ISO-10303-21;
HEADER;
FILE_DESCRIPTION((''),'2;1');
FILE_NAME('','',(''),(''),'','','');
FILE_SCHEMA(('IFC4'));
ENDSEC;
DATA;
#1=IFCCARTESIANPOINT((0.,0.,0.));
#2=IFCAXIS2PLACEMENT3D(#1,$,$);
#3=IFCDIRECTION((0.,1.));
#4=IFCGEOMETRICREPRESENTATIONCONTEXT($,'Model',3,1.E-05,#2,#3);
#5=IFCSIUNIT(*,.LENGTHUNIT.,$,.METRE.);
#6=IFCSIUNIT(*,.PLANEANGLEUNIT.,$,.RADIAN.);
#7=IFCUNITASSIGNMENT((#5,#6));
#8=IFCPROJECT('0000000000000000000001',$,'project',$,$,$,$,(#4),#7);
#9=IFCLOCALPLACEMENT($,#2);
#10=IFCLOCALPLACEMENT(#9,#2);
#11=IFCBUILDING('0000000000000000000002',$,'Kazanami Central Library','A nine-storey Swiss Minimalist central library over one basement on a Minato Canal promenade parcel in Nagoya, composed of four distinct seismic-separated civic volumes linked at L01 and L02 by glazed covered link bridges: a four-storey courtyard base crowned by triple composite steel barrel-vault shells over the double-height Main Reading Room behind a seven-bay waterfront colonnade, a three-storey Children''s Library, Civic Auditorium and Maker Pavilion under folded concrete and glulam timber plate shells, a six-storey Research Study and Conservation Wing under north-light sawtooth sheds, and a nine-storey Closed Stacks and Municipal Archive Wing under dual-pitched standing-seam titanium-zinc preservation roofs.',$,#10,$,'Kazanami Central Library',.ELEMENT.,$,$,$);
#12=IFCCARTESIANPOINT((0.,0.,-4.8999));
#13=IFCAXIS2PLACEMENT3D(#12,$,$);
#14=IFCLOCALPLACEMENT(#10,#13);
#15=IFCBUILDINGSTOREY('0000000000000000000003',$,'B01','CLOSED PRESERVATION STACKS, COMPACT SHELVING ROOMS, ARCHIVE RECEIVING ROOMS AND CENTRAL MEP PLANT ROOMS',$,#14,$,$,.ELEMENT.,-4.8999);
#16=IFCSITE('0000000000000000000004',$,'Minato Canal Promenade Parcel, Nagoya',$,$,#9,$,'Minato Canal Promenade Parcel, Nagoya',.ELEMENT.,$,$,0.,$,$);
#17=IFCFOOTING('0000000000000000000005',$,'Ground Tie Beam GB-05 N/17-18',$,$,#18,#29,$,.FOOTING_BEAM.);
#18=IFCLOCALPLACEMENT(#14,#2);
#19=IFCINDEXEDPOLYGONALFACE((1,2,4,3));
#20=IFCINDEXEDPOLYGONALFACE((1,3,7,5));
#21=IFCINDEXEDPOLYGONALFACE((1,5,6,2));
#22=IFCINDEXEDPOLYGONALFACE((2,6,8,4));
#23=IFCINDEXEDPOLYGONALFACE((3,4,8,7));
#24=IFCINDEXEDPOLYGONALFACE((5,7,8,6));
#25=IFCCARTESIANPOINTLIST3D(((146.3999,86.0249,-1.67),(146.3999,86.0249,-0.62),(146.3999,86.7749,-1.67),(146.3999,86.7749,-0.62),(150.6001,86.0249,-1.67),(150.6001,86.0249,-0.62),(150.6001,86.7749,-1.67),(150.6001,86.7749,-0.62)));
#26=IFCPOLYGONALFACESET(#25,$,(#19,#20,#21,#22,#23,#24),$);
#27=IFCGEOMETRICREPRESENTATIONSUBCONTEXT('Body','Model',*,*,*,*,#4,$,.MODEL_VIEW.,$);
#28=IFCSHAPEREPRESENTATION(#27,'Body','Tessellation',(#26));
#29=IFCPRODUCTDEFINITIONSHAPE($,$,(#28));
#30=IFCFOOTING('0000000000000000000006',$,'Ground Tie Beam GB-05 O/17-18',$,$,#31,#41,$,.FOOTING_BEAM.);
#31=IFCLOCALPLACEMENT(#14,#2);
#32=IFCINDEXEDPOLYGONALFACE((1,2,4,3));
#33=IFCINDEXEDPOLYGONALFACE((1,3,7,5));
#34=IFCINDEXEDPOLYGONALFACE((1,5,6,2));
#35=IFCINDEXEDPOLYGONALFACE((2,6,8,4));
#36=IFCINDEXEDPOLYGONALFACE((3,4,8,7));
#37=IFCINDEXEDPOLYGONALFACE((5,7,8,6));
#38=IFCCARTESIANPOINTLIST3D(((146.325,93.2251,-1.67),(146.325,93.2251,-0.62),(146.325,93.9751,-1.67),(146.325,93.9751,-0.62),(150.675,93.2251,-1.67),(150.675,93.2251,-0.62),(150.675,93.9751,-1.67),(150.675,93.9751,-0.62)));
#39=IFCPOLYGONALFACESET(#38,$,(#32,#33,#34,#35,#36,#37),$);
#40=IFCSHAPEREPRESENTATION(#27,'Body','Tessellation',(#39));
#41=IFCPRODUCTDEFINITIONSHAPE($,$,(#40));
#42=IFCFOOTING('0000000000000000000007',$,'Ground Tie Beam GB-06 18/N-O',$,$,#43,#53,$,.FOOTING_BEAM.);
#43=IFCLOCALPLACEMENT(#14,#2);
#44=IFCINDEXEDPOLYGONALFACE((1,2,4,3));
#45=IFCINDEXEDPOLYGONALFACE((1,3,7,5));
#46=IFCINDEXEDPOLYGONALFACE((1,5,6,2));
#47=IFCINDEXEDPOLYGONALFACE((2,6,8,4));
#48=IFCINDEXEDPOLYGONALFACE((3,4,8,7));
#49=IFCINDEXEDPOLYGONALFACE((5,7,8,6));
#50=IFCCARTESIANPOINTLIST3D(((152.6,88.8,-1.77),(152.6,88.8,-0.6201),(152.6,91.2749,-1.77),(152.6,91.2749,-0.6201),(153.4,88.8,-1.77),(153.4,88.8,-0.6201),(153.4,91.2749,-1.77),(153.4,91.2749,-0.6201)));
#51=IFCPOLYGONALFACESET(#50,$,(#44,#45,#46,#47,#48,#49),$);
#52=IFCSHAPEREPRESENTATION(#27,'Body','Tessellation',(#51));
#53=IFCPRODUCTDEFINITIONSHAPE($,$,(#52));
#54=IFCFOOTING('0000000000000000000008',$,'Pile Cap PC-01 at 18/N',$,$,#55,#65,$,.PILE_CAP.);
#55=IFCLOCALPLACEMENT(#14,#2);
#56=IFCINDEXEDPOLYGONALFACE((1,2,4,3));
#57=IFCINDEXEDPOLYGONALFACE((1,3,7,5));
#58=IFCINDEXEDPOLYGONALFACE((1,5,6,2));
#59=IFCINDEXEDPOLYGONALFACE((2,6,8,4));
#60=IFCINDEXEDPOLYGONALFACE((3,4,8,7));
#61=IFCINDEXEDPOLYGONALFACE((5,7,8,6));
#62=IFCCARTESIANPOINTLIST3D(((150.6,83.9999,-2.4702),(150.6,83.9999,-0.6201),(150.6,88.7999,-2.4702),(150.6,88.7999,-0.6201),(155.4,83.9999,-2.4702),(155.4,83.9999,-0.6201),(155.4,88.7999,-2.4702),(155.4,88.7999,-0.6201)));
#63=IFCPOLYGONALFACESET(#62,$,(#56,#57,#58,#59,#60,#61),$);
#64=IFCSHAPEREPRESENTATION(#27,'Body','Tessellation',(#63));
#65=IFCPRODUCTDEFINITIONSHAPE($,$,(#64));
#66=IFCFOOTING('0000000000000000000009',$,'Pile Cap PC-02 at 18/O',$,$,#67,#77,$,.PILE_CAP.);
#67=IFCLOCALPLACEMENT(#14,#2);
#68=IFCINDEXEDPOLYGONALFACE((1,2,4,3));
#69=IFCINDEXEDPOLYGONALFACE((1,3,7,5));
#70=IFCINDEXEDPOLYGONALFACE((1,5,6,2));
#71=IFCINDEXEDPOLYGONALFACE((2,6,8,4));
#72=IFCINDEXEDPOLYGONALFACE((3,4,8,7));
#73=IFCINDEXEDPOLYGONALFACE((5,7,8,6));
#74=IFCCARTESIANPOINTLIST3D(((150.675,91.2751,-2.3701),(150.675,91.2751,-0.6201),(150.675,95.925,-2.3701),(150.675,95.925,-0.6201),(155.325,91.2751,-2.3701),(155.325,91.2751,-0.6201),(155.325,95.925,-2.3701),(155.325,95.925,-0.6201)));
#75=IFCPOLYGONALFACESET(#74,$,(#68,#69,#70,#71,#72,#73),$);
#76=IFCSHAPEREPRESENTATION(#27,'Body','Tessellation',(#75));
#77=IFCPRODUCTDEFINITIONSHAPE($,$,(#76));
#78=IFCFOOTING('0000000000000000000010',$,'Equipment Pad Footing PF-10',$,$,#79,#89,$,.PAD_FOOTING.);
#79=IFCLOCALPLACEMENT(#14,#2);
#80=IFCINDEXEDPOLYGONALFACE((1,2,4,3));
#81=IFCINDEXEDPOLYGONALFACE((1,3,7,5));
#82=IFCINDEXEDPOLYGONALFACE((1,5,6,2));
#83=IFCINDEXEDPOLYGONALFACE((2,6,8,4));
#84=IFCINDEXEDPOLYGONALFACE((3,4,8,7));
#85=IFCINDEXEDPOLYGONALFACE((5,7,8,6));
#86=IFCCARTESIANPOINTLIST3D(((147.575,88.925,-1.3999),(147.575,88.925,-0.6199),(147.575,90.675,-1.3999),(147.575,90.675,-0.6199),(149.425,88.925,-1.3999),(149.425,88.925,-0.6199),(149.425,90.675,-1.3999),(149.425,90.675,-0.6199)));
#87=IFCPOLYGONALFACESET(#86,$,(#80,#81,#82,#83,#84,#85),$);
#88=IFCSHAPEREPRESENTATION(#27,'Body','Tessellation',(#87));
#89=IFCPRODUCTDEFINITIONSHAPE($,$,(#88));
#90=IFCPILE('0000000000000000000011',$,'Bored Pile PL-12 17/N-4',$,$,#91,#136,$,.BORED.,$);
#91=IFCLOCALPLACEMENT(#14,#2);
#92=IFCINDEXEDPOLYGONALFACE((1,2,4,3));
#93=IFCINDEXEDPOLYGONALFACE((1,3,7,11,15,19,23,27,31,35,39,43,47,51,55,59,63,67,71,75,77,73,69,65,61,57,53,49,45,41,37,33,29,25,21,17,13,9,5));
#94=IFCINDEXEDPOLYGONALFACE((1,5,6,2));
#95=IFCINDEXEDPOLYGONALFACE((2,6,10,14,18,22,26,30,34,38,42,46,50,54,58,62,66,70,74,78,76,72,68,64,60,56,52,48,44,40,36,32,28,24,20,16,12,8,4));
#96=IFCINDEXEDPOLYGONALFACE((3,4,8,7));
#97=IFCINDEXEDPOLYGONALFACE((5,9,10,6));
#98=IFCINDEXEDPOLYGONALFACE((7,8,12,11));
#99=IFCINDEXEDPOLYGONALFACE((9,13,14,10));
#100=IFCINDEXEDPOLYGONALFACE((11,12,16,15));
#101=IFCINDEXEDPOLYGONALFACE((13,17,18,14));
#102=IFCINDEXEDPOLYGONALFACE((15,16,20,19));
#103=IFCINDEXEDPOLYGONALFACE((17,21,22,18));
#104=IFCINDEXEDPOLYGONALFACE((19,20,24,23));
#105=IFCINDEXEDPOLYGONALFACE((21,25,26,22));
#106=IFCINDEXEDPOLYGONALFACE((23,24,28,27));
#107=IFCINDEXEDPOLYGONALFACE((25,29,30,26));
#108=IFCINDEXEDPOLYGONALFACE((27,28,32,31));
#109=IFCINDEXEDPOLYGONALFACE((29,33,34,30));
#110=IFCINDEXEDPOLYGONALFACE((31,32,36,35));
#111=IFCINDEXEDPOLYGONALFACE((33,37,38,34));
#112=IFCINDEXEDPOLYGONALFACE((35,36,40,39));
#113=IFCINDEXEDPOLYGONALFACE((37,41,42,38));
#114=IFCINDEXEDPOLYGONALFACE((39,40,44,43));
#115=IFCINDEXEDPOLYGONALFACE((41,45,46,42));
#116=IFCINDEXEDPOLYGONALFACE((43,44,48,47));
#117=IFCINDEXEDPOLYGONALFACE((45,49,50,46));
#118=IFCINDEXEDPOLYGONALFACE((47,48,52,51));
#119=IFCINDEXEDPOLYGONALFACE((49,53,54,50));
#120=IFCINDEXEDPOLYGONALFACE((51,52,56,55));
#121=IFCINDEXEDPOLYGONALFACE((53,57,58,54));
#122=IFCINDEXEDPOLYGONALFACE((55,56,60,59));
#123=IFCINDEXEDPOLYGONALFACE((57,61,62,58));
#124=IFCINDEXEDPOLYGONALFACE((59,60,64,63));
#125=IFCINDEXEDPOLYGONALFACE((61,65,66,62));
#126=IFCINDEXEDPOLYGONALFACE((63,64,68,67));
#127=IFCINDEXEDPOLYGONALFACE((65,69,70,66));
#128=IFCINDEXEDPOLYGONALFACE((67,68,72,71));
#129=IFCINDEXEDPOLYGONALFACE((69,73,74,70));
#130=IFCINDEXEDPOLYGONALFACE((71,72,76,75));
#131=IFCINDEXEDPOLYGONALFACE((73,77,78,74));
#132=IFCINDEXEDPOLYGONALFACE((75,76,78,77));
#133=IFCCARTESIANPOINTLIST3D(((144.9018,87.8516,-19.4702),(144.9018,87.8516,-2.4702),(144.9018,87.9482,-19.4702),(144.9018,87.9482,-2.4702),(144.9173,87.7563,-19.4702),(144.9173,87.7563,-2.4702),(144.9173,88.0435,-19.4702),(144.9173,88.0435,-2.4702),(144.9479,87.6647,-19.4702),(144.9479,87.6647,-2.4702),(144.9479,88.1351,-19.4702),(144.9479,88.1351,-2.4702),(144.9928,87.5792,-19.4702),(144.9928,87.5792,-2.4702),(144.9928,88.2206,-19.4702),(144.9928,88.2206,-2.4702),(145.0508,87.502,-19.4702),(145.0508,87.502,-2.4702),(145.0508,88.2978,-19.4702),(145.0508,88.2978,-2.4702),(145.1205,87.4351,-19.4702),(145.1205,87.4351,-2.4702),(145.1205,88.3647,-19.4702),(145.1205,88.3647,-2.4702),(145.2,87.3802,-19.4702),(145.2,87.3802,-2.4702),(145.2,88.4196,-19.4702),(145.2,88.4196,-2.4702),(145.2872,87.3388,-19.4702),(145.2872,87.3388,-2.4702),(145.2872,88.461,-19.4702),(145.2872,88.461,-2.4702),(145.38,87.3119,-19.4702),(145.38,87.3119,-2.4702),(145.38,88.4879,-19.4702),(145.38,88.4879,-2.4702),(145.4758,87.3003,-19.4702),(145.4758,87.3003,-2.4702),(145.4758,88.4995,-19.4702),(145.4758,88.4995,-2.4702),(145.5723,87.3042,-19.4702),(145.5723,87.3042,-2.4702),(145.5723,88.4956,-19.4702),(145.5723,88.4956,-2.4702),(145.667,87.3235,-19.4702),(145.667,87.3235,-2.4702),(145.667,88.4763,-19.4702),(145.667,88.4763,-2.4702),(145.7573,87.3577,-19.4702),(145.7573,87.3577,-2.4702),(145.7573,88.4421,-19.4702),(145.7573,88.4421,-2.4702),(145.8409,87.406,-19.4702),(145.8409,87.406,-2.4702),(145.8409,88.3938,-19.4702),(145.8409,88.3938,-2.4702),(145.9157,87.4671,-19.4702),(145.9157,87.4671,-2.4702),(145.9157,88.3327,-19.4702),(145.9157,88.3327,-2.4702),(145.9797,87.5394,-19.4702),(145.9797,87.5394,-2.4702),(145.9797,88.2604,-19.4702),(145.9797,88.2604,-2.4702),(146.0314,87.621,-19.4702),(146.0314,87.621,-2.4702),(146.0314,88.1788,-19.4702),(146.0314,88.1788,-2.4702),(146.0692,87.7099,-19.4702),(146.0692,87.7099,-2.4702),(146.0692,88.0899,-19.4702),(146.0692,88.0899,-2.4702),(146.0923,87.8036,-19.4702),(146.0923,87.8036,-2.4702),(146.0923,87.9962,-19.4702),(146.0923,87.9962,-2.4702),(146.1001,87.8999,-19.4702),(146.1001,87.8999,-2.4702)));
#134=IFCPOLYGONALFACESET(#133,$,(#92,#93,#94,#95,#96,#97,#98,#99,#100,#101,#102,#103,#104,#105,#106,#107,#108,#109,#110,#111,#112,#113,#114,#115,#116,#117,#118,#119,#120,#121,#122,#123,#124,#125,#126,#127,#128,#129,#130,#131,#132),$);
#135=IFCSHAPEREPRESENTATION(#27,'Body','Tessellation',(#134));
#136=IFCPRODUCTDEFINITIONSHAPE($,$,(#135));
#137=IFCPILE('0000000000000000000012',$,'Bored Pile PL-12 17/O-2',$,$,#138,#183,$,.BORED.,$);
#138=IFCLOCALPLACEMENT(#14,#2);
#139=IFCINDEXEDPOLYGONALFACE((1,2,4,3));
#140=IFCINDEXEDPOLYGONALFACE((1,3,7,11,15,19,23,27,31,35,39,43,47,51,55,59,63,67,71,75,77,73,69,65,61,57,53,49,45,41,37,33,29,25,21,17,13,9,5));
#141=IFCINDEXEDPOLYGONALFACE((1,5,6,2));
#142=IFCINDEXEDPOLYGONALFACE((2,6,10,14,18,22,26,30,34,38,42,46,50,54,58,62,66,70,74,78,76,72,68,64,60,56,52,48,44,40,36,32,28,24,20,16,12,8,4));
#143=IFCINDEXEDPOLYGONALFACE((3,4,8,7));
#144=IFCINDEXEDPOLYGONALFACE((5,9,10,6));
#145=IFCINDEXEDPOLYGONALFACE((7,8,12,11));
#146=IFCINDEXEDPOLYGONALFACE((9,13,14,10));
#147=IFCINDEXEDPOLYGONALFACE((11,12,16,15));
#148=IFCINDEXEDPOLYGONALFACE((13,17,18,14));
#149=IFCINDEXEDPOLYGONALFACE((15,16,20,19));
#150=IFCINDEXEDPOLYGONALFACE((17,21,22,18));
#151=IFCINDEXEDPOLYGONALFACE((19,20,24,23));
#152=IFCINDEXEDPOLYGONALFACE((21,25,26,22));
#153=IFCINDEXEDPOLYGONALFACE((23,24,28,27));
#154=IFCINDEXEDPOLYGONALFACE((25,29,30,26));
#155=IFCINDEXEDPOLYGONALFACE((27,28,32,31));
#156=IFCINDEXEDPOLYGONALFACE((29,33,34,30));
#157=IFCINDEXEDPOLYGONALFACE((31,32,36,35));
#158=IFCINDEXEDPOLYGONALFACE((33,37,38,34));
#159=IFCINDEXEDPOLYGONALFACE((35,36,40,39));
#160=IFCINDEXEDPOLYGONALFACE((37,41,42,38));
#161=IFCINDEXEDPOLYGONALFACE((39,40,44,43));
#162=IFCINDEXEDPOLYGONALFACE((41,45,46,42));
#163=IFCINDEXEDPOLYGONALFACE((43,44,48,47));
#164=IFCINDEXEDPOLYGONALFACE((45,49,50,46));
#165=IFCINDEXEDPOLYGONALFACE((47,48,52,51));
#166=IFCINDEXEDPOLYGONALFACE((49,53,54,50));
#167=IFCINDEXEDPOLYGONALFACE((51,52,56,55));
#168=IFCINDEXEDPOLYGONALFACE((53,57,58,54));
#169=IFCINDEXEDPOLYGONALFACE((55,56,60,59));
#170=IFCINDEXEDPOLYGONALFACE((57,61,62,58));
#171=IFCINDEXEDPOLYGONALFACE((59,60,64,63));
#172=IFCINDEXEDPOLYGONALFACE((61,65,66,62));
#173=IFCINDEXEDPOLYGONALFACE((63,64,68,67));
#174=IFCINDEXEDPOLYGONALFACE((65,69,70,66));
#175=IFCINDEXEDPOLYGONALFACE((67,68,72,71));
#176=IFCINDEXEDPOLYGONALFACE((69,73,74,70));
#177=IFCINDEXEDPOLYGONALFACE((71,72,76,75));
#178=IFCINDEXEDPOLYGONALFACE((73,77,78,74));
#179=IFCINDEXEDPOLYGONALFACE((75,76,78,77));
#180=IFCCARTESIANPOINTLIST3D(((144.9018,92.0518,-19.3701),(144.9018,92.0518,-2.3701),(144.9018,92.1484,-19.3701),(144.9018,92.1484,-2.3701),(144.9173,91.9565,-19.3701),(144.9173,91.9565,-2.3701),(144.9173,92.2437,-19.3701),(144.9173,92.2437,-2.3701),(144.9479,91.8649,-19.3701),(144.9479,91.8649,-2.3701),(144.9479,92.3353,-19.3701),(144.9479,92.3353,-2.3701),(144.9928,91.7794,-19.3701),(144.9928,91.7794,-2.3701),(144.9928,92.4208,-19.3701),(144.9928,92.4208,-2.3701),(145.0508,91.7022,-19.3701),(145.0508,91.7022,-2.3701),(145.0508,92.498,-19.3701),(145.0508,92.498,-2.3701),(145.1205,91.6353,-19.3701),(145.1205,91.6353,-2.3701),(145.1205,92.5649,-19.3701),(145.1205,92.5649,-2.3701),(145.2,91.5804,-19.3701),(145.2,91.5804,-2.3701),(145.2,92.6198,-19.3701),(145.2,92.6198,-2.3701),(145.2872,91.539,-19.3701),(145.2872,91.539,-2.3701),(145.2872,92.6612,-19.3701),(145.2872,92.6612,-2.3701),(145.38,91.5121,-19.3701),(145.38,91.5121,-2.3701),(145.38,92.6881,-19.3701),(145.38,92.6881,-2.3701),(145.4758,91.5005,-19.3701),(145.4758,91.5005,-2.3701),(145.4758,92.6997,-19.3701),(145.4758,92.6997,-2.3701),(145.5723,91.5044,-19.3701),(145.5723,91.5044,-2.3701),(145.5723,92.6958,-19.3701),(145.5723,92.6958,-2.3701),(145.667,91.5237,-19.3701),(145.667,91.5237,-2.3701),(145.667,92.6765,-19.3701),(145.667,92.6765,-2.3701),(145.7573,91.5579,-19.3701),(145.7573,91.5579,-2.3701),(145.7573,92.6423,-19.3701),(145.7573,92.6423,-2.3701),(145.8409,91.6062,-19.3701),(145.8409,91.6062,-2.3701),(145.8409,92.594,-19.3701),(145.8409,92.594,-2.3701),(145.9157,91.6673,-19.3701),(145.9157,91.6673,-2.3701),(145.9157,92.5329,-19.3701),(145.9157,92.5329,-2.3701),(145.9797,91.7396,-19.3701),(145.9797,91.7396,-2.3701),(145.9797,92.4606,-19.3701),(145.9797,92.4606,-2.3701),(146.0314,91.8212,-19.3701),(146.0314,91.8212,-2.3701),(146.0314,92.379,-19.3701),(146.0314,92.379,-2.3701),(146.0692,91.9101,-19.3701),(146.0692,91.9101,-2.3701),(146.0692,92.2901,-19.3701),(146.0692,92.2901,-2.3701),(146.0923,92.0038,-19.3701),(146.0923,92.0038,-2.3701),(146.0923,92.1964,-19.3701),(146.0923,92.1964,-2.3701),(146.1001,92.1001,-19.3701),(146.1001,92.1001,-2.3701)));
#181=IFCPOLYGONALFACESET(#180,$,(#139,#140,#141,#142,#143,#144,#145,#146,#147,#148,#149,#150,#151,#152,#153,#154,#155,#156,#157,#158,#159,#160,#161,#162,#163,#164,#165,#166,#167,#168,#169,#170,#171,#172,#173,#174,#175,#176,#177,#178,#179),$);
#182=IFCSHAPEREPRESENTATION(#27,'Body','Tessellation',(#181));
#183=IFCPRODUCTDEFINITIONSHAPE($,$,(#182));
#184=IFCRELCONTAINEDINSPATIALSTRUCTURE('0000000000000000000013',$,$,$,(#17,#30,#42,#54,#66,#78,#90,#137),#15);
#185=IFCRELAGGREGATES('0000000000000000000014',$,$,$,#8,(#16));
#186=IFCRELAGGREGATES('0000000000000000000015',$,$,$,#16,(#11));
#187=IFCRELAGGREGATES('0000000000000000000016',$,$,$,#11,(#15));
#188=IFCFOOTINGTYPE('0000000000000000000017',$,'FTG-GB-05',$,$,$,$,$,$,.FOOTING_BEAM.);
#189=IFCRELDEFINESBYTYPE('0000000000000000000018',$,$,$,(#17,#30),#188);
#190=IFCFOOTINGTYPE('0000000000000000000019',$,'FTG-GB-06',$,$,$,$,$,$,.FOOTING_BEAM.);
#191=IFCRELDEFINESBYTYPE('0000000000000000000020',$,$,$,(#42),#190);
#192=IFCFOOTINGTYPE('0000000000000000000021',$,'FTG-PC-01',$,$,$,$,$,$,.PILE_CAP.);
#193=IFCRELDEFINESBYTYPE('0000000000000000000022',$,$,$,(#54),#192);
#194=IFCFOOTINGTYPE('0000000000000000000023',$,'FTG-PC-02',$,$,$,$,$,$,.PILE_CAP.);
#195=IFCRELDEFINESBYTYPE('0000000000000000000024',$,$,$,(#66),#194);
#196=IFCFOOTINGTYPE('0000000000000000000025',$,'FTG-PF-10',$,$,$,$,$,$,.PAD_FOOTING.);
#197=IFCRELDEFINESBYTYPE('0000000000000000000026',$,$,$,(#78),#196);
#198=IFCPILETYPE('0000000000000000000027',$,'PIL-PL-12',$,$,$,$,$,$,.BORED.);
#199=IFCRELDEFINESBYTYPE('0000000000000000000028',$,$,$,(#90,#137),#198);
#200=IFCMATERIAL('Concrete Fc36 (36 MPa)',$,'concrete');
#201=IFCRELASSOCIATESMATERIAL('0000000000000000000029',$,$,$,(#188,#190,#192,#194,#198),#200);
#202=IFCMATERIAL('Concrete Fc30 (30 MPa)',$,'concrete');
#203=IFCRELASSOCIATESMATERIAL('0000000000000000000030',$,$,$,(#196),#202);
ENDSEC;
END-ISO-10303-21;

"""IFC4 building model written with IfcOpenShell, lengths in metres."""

from ifc_helpers import new_model, si_unit, direction, frame, origin, origin_2d, place, context, subcontext, project, spatial, rectangle, circle, extrude, material, material_profile, profile_set, type_object, element, save


model = new_model("IFC4")

# Units and contexts
model_context = context("Model", 3, precision=1e-05, world=origin(), true_north=direction((0.0, 1.0)))
body_context = subcontext(model_context, "Body", "Model", "MODEL_VIEW")
ifc_project = project(units=[si_unit("LENGTHUNIT", "METRE"), si_unit("PLANEANGLEUNIT", "RADIAN")], contexts=[model_context])

# Site, building, storey
site_placement = place(None, origin())
site = spatial("IfcSite", under=ifc_project, at=site_placement, Name="Minato Canal Promenade Parcel, Nagoya", LongName="Minato Canal Promenade Parcel, Nagoya", CompositionType="ELEMENT", RefElevation=0.0)
building_placement = place(site_placement, origin())
building = spatial("IfcBuilding", under=site, at=building_placement, Name="Kazanami Central Library", Description="A nine-storey Swiss Minimalist central library over one basement on a Minato Canal promenade parcel in Nagoya, composed of four distinct seismic-separated civic volumes linked at L01 and L02 by glazed covered link bridges: a four-storey courtyard base crowned by triple composite steel barrel-vault shells over the double-height Main Reading Room behind a seven-bay waterfront colonnade, a three-storey Children's Library, Civic Auditorium and Maker Pavilion under folded concrete and glulam timber plate shells, a six-storey Research Study and Conservation Wing under north-light sawtooth sheds, and a nine-storey Closed Stacks and Municipal Archive Wing under dual-pitched standing-seam titanium-zinc preservation roofs.", LongName="Kazanami Central Library", CompositionType="ELEMENT")
storey_placement = place(building_placement, frame((0.0, 0.0, -4.8999)))
storey = spatial("IfcBuildingStorey", under=building, at=storey_placement, Name="B01", Description="CLOSED PRESERVATION STACKS, COMPACT SHELVING ROOMS, ARCHIVE RECEIVING ROOMS AND CENTRAL MEP PLANT ROOMS", CompositionType="ELEMENT", Elevation=-4.8999)

# Footings
ifc_material_1 = material(Name="Concrete Fc36 (36 MPa)", Category="concrete")
ifc_material_profile_1 = material_profile(ifc_material_1, rectangle(XDim=0.75, YDim=1.05, at=origin_2d()), Name="RC-750x1050")
ifc_profile_set_1 = profile_set([ifc_material_profile_1], Name="Concrete Fc36 (36 MPa)")
footing_type_1 = type_object("IfcFootingType", Name="FTG-GB-05", PredefinedType="FOOTING_BEAM", material=ifc_profile_set_1)
footing_1_placement = place(storey_placement, frame((146.3999, 86.3999, -1.145), z_axis=(1.0, 0.0, 0.0), x_axis=(0.0, 1.0, 0.0)))
element("IfcFooting", 1, at=footing_1_placement, inside=storey, type_object=footing_type_1, Name="Ground Tie Beam GB-05 N/17-18", PredefinedType="FOOTING_BEAM", context=body_context, shape_type="SweptSolid", body=[
    extrude(rectangle(XDim=0.75, YDim=1.05, at=origin_2d()), origin(), (0.0, 0.0, 1.0), 4.2002),
])
footing_2_placement = place(storey_placement, frame((146.325, 93.6001, -1.145), z_axis=(1.0, 0.0, 0.0), x_axis=(0.0, 1.0, 0.0)))
element("IfcFooting", 2, at=footing_2_placement, inside=storey, type_object=footing_type_1, Name="Ground Tie Beam GB-05 O/17-18", PredefinedType="FOOTING_BEAM", context=body_context, shape_type="SweptSolid", body=[
    extrude(rectangle(XDim=0.75, YDim=1.05, at=origin_2d()), origin(), (0.0, 0.0, 1.0), 4.3501),
])
ifc_material_profile_2 = material_profile(ifc_material_1, rectangle(XDim=0.8, YDim=1.1499, at=origin_2d()), Name="RC-800x1150")
ifc_profile_set_2 = profile_set([ifc_material_profile_2], Name="Concrete Fc36 (36 MPa)")
footing_type_2 = type_object("IfcFootingType", Name="FTG-GB-06", PredefinedType="FOOTING_BEAM", material=ifc_profile_set_2)
footing_3_placement = place(storey_placement, frame((153.0, 88.8, -1.1951), z_axis=(0.0, 1.0, 0.0), x_axis=(-1.0, 0.0, 0.0)))
element("IfcFooting", 3, at=footing_3_placement, inside=storey, type_object=footing_type_2, Name="Ground Tie Beam GB-06 18/N-O", PredefinedType="FOOTING_BEAM", context=body_context, shape_type="SweptSolid", body=[
    extrude(rectangle(XDim=0.8, YDim=1.1499, at=origin_2d()), origin(), (0.0, 0.0, 1.0), 2.4749),
])
footing_type_3 = type_object("IfcFootingType", Name="FTG-PC-01", PredefinedType="PILE_CAP", material=ifc_material_1)
footing_4_placement = place(storey_placement, frame((153.0, 86.3999, -2.4702), z_axis=(0.0, 0.0, 1.0), x_axis=(1.0, 0.0, 0.0)))
element("IfcFooting", 4, at=footing_4_placement, inside=storey, type_object=footing_type_3, Name="Pile Cap PC-01 at 18/N", PredefinedType="PILE_CAP", context=body_context, shape_type="SweptSolid", body=[
    extrude(rectangle(XDim=4.8, YDim=4.8, at=origin_2d()), origin(), (0.0, 0.0, 1.0), 1.8501),
])
footing_type_4 = type_object("IfcFootingType", Name="FTG-PC-02", PredefinedType="PILE_CAP", material=ifc_material_1)
footing_5_placement = place(storey_placement, frame((153.0, 93.6001, -2.3701), z_axis=(0.0, 0.0, 1.0), x_axis=(1.0, 0.0, 0.0)))
element("IfcFooting", 5, at=footing_5_placement, inside=storey, type_object=footing_type_4, Name="Pile Cap PC-02 at 18/O", PredefinedType="PILE_CAP", context=body_context, shape_type="SweptSolid", body=[
    extrude(rectangle(XDim=4.6499, YDim=4.6499, at=origin_2d()), origin(), (0.0, 0.0, 1.0), 1.75),
])
ifc_material_2 = material(Name="Concrete Fc30 (30 MPa)", Category="concrete")
footing_type_5 = type_object("IfcFootingType", Name="FTG-PF-10", PredefinedType="PAD_FOOTING", material=ifc_material_2)
footing_6_placement = place(storey_placement, frame((148.5, 89.8, -1.3999), z_axis=(0.0, 0.0, 1.0), x_axis=(1.0, 0.0, 0.0)))
element("IfcFooting", 6, at=footing_6_placement, inside=storey, type_object=footing_type_5, Name="Equipment Pad Footing PF-10", PredefinedType="PAD_FOOTING", context=body_context, shape_type="SweptSolid", body=[
    extrude(rectangle(XDim=1.8501, YDim=1.75, at=origin_2d()), origin(), (0.0, 0.0, 1.0), 0.78),
])

# Piles
ifc_material_profile_3 = material_profile(ifc_material_1, circle(Radius=0.6001, at=origin_2d()), Name="BORED-D1200")
ifc_profile_set_3 = profile_set([ifc_material_profile_3], Name="Concrete Fc36 (36 MPa)")
pile_type = type_object("IfcPileType", Name="PIL-PL-12", PredefinedType="BORED", material=ifc_profile_set_3)
for number, where, z_axis, x_axis, name in (
    (7, (145.5, 87.8999, -2.4702), (0.0, 0.0, -1.0), (1.0, 0.0, 0.0), "Bored Pile PL-12 17/N-4"),
    (8, (145.5, 92.1001, -2.3701), (0.0, 0.0, -1.0), (1.0, 0.0, 0.0), "Bored Pile PL-12 17/O-2"),
):
    element("IfcPile", number, at=place(storey_placement, frame(where, z_axis=z_axis, x_axis=x_axis)), inside=storey, type_object=pile_type, Name=name, PredefinedType="BORED", context=body_context, shape_type="SweptSolid", body=[
        extrude(circle(Radius=0.6001, at=origin_2d()), origin(), (0.0, 0.0, 1.0), 17.0),
    ])

save(model, "model.ifc")
